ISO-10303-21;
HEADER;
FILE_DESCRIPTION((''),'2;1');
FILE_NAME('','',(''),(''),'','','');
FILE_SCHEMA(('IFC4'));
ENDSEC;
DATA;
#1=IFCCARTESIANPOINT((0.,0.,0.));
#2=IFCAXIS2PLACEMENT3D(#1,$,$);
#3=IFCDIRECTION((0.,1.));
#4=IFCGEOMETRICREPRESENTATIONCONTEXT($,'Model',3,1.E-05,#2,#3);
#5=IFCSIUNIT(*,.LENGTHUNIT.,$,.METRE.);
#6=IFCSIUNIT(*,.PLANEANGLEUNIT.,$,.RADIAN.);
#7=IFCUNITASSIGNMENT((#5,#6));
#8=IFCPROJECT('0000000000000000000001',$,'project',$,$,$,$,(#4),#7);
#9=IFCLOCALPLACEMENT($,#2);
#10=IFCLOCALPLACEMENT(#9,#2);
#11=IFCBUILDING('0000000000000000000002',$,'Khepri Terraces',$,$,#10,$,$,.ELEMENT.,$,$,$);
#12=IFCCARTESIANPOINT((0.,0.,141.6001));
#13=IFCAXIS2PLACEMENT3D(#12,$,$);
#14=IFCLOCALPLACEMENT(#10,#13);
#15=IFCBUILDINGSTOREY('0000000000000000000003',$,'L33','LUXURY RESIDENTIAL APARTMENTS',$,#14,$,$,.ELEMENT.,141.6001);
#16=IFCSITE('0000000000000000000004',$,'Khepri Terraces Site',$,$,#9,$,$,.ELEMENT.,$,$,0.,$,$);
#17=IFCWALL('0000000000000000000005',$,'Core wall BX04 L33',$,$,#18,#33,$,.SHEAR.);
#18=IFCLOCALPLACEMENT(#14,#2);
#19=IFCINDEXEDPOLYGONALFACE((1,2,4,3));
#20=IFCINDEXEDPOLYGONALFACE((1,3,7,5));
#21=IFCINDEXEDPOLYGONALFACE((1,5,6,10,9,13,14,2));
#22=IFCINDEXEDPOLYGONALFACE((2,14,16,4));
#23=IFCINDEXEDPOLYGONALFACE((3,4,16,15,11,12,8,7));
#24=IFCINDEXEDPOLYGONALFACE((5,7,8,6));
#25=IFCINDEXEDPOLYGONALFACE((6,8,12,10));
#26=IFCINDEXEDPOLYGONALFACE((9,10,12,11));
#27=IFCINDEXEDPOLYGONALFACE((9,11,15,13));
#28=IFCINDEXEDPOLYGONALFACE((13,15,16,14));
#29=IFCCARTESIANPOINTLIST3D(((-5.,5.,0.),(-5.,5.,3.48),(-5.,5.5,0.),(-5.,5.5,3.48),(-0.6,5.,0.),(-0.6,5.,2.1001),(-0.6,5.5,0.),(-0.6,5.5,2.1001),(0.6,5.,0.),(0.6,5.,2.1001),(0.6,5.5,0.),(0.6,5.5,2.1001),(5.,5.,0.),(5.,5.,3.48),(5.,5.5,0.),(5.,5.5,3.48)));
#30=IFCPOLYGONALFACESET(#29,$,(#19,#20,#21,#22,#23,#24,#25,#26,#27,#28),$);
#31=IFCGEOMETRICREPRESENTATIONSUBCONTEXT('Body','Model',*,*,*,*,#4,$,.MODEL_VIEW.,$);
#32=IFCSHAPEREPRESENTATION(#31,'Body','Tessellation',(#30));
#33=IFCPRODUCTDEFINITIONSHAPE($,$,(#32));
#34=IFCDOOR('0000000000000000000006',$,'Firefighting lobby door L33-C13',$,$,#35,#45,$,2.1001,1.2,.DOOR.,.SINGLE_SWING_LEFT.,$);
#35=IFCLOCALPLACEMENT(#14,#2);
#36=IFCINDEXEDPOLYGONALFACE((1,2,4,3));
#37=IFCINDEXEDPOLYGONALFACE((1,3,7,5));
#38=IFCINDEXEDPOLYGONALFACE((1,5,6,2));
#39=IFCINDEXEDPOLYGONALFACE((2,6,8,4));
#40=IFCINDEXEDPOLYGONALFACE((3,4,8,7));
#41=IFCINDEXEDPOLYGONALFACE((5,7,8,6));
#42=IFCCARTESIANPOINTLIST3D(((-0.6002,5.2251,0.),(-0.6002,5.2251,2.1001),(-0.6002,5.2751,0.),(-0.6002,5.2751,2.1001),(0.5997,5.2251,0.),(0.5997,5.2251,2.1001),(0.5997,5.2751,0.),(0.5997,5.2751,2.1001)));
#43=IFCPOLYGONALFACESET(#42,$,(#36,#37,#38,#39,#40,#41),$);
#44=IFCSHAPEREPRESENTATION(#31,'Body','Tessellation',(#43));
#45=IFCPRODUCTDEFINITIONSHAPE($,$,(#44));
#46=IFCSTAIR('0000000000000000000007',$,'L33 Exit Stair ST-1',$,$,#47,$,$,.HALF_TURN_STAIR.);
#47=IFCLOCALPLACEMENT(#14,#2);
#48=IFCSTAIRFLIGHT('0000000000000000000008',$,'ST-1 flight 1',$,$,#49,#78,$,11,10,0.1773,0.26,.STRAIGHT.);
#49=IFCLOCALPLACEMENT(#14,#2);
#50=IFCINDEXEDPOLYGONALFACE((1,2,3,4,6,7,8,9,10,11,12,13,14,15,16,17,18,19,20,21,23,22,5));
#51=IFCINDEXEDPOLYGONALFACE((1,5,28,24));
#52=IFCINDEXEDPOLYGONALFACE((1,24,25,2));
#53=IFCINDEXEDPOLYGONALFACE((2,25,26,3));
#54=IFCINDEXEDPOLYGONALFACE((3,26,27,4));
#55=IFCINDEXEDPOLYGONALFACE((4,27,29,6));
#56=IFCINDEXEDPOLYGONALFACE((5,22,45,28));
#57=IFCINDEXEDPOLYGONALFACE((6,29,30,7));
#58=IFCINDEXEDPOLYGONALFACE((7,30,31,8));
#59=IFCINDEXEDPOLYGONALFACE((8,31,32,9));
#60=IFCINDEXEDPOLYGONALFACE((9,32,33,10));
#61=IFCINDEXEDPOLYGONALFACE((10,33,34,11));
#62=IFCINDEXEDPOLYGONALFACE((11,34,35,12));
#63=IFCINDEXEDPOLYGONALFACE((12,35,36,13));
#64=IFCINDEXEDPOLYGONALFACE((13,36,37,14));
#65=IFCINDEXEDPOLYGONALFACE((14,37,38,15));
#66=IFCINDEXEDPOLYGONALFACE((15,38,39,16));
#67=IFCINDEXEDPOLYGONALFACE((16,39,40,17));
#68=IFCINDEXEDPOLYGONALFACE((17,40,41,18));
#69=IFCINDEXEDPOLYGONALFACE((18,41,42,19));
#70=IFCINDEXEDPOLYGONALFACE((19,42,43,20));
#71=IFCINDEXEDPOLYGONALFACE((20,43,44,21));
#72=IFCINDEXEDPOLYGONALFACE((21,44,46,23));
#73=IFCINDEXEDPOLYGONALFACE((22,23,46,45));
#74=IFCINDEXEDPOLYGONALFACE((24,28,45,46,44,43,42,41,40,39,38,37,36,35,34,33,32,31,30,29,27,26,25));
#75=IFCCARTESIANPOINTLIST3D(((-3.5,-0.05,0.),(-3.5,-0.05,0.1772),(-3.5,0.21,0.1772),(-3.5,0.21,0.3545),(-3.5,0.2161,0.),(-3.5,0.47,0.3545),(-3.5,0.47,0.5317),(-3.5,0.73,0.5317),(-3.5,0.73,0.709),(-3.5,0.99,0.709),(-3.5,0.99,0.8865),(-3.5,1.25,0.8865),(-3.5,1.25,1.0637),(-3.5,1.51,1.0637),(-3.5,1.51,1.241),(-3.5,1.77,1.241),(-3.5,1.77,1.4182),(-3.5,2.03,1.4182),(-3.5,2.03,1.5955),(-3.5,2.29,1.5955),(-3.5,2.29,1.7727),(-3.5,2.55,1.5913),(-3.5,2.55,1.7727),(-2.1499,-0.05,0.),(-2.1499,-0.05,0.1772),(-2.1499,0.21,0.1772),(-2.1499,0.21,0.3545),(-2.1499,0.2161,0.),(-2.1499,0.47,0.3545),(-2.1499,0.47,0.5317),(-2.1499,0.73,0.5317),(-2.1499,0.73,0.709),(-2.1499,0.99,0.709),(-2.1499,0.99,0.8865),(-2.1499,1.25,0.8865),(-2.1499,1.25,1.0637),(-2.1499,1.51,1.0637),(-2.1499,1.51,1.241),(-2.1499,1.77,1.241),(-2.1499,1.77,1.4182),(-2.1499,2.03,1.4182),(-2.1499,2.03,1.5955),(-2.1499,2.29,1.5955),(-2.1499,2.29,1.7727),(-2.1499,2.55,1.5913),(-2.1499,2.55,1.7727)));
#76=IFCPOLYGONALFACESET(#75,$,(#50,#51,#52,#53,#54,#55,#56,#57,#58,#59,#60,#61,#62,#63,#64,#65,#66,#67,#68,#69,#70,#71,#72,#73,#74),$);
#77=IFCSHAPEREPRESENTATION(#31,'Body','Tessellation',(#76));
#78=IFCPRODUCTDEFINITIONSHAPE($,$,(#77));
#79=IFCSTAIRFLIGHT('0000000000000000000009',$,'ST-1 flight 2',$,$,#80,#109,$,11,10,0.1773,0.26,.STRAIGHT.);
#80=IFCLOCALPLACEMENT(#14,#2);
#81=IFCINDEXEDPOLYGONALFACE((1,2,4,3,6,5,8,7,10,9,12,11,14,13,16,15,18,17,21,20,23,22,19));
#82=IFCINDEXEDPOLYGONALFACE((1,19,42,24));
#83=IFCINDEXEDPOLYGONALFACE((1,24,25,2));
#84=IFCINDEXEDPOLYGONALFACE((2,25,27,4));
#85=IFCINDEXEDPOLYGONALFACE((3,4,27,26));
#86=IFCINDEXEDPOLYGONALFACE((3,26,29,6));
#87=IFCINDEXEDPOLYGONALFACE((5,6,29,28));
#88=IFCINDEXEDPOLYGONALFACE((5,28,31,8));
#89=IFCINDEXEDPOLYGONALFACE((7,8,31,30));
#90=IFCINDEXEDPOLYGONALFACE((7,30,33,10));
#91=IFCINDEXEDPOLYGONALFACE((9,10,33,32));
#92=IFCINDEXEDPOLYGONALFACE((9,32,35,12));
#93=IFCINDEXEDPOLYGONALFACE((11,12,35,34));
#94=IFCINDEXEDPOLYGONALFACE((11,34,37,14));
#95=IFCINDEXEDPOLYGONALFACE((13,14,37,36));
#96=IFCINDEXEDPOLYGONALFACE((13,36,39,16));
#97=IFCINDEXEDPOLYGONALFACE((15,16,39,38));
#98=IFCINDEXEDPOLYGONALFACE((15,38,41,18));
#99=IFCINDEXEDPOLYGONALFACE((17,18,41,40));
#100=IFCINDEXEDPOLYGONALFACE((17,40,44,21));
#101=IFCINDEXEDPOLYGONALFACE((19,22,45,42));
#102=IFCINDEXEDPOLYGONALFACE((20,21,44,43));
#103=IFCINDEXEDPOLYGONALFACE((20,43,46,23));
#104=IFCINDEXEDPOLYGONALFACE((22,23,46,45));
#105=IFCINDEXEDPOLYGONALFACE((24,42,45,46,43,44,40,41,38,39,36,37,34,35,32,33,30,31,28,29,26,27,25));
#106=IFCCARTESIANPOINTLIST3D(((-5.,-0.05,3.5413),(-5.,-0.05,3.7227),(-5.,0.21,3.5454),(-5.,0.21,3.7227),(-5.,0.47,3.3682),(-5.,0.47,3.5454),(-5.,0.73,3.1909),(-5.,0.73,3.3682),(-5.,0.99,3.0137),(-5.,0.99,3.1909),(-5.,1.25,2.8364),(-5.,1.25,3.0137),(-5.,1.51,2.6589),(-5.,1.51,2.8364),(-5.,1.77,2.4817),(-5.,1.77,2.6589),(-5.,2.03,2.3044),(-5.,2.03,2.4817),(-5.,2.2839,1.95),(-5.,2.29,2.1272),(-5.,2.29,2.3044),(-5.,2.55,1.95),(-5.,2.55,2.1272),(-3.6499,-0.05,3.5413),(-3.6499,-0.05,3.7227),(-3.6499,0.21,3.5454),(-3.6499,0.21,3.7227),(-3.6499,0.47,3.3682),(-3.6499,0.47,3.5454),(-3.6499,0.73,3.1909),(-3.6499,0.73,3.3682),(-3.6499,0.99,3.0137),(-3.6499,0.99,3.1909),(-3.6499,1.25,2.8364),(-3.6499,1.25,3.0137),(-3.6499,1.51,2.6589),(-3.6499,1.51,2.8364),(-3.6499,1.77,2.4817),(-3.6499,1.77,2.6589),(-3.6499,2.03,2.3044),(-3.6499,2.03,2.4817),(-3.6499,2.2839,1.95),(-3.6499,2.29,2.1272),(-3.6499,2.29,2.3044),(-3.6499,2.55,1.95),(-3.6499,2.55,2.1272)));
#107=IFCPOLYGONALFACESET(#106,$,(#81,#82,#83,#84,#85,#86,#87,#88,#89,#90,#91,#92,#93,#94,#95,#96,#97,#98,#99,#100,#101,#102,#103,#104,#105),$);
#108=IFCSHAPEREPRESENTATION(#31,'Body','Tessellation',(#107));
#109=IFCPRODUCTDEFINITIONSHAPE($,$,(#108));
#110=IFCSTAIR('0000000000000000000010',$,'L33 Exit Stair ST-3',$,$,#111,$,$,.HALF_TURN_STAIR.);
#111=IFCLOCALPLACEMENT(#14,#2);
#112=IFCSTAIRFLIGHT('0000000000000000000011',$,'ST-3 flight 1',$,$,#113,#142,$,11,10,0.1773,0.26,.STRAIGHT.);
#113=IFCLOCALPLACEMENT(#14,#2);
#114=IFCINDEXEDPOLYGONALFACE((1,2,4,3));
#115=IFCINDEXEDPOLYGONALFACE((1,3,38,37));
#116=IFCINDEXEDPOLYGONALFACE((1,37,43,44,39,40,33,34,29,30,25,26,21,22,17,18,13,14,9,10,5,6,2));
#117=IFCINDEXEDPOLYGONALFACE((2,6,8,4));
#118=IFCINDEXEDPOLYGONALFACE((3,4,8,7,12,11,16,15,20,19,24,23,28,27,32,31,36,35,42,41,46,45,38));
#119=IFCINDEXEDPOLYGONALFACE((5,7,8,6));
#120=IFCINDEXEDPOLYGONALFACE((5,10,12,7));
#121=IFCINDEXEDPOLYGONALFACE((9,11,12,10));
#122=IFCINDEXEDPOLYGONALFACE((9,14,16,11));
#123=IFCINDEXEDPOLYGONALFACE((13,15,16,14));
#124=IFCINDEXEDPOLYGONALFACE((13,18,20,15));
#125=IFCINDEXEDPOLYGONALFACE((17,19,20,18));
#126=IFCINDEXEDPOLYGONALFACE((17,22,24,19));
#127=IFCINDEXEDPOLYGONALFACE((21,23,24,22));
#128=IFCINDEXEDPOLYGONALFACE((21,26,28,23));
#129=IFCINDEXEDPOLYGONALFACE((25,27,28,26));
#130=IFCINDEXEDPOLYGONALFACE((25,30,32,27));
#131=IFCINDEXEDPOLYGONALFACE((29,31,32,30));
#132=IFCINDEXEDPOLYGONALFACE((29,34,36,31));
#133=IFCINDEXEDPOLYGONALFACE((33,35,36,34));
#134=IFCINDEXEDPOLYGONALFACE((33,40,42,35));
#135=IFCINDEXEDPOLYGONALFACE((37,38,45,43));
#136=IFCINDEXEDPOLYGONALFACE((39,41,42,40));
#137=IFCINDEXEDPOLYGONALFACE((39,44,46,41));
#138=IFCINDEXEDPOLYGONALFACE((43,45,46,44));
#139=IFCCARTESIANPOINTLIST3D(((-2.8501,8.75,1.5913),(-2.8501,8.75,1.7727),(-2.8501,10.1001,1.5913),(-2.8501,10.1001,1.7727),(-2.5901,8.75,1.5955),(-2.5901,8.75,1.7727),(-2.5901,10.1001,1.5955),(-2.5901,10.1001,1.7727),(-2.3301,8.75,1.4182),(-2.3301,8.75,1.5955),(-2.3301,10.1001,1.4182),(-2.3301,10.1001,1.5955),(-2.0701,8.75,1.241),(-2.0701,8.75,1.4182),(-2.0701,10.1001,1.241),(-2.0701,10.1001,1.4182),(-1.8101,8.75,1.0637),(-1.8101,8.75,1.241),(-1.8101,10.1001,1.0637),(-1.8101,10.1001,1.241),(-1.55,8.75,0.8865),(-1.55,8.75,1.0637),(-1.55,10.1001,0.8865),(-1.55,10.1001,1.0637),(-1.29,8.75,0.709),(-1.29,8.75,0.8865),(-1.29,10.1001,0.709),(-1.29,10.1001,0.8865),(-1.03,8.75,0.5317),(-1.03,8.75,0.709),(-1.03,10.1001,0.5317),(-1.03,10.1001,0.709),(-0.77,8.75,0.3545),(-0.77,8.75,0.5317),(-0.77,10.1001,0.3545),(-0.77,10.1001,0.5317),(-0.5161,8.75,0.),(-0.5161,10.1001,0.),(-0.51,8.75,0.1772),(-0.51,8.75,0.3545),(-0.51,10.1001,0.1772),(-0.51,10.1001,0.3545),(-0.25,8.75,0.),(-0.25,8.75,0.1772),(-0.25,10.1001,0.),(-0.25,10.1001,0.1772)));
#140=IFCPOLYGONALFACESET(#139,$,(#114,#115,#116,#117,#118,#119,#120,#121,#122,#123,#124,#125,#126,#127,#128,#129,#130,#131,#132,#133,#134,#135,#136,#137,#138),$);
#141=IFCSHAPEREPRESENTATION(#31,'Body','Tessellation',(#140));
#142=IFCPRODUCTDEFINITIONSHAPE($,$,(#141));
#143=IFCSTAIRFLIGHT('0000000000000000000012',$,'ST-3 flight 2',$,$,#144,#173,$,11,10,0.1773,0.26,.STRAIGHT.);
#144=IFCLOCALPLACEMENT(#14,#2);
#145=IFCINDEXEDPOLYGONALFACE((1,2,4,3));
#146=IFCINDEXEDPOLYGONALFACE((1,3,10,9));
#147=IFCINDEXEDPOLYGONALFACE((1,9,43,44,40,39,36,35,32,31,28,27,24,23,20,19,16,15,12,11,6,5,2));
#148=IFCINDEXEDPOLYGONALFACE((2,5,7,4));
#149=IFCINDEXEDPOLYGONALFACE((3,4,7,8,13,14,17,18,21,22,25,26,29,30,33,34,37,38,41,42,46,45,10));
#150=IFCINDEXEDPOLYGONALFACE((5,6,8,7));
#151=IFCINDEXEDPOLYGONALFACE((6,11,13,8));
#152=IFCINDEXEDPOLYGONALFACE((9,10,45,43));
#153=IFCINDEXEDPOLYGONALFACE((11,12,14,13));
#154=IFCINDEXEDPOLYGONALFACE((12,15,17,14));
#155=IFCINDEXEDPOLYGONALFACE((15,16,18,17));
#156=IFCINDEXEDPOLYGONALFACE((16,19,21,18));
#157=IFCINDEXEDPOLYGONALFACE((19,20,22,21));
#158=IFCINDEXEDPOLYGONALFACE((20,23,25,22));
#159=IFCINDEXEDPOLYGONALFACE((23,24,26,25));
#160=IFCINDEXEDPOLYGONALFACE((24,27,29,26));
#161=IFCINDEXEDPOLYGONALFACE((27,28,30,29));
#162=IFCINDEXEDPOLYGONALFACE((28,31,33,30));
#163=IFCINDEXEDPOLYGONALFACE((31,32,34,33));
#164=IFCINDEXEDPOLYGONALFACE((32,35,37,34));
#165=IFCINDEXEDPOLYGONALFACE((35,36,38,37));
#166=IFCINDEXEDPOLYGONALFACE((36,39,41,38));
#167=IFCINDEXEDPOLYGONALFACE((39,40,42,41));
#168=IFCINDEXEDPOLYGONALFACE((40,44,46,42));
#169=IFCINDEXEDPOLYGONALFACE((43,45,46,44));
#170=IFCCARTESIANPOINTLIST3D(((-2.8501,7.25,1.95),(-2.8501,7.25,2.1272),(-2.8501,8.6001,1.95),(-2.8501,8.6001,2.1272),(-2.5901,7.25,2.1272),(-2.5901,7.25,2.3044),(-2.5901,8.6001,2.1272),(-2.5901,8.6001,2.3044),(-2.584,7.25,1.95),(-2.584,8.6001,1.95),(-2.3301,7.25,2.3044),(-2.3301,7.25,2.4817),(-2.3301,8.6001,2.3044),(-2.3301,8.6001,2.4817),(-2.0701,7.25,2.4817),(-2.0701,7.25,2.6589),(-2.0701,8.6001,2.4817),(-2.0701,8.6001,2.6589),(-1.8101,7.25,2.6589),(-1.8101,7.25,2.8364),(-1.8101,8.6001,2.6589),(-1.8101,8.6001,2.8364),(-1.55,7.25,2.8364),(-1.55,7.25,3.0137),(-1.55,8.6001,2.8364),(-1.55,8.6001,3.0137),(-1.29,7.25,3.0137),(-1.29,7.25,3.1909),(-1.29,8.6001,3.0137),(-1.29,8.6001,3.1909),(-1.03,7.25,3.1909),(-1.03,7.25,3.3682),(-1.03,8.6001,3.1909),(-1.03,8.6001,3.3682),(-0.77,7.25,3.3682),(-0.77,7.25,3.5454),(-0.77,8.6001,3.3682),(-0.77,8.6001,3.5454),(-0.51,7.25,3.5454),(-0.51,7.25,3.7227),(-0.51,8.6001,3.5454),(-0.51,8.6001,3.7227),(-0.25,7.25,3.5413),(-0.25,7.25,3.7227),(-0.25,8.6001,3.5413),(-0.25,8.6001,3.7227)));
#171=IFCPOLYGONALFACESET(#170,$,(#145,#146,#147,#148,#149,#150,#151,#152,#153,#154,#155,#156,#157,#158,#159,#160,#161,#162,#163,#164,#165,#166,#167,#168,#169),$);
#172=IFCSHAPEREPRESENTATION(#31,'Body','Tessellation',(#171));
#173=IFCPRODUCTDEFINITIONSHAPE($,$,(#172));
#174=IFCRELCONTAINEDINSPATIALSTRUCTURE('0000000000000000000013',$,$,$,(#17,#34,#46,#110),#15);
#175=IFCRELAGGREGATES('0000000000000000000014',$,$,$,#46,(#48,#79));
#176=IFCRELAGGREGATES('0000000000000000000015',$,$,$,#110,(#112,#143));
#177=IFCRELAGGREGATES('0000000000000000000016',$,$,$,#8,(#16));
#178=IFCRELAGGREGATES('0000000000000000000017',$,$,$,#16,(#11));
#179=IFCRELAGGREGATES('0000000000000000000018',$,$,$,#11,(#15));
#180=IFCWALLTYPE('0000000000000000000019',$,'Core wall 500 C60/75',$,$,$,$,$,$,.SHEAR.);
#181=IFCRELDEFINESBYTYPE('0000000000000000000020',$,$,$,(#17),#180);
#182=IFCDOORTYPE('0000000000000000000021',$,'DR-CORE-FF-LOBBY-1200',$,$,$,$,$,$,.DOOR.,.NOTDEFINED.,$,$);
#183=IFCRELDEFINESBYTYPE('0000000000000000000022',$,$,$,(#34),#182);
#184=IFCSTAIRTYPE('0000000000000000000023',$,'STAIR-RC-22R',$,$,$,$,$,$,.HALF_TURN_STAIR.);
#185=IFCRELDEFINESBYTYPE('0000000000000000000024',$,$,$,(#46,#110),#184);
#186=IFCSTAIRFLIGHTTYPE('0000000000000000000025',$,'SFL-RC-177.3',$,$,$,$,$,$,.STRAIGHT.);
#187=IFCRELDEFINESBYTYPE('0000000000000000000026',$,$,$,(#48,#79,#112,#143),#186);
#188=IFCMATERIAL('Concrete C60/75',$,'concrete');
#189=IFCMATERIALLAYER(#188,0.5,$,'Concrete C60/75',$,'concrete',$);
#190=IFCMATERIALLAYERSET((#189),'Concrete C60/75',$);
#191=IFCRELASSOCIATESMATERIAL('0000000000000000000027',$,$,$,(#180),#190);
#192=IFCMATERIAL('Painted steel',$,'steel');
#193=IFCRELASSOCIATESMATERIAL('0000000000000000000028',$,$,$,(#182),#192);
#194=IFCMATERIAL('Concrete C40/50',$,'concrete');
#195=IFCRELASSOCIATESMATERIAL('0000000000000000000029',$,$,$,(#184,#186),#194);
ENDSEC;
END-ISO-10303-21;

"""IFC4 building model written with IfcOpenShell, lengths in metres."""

from ifc_helpers import new_model, si_unit, direction, frame, frame_2d, origin, place, context, subcontext, project, spatial, polyline, rectangle, outline, extrude, material, layer, layer_set, type_object, element, fill, aggregate, save


model = new_model("IFC4")

# Units and contexts
model_context = context("Model", 3, precision=1e-05, world=origin(), true_north=direction((0.0, 1.0)))
body_context = subcontext(model_context, "Body", "Model", "MODEL_VIEW")
ifc_project = project(units=[si_unit("LENGTHUNIT", "METRE"), si_unit("PLANEANGLEUNIT", "RADIAN")], contexts=[model_context])

# Site, building, storey
site_placement = place(None, origin())
site = spatial("IfcSite", under=ifc_project, at=site_placement, Name="Khepri Terraces Site", CompositionType="ELEMENT", RefElevation=0.0)
building_placement = place(site_placement, origin())
building = spatial("IfcBuilding", under=site, at=building_placement, Name="Khepri Terraces", CompositionType="ELEMENT")
storey_placement = place(building_placement, frame((0.0, 0.0, 141.6001)))
storey = spatial("IfcBuildingStorey", under=building, at=storey_placement, Name="L33", Description="LUXURY RESIDENTIAL APARTMENTS", CompositionType="ELEMENT", Elevation=141.6001)

# Wall, opening, door
ifc_material_1 = material(Name="Concrete C60/75", Category="concrete")
ifc_layer = layer(ifc_material_1, 0.5, Name="Concrete C60/75", Category="concrete")
ifc_layer_set = layer_set([ifc_layer], Name="Concrete C60/75")
wall_type = type_object("IfcWallType", Name="Core wall 500 C60/75", PredefinedType="SHEAR", material=ifc_layer_set)
wall_placement = place(storey_placement, frame((-5.0, 5.25, 0.0), z_axis=(0.0, 0.0, 1.0), x_axis=(1.0, 0.0, 0.0)))
wall = element("IfcWall", 1, at=wall_placement, inside=storey, type_object=wall_type, Name="Core wall BX04 L33", PredefinedType="SHEAR", context=body_context, shape_type="SweptSolid", body=[
    extrude(rectangle(XDim=10.0, YDim=0.5, at=frame_2d((5.0, 0.0))), origin(), (0.0, 0.0, 1.0), 3.48),
])
opening_placement = place(wall_placement, frame((4.3999, 0.0, 0.0)))
opening = element("IfcOpeningElement", 2, at=opening_placement, cuts=wall, PredefinedType="OPENING", context=body_context, shape_type="SweptSolid", body=[
    extrude(rectangle(XDim=1.2, YDim=2.1001, at=frame_2d((0.6001, 1.05))), frame((0.0, 0.26, 0.0), z_axis=(0.0, -1.0, 0.0), x_axis=(1.0, 0.0, 0.0)), (0.0, 0.0, 1.0), 0.52),
])
ifc_material_2 = material(Name="Painted steel", Category="steel")
door_type = type_object("IfcDoorType", Name="DR-CORE-FF-LOBBY-1200", OperationType="NOTDEFINED", PredefinedType="DOOR", material=ifc_material_2)
door_placement = place(opening_placement, frame((1.2, 0.0, 0.0), z_axis=(0.0, 0.0, 1.0), x_axis=(-1.0, 0.0, 0.0)))
door = element("IfcDoor", 3, at=door_placement, inside=storey, type_object=door_type, Name="Firefighting lobby door L33-C13", OperationType="SINGLE_SWING_LEFT", OverallHeight=2.1001, OverallWidth=1.2, PredefinedType="DOOR", context=body_context, shape_type="SweptSolid", body=[
    extrude(rectangle(XDim=1.2, YDim=2.1001, at=frame_2d((0.6001, 1.05))), frame((0.0, 0.0249, 0.0), z_axis=(0.0, -1.0, 0.0), x_axis=(1.0, 0.0, 0.0)), (0.0, 0.0, 1.0), 0.05),
])
fill(opening, door)

# Stairs, stair flights
ifc_material_3 = material(Name="Concrete C40/50", Category="concrete")
stair_type = type_object("IfcStairType", Name="STAIR-RC-22R", PredefinedType="HALF_TURN_STAIR", material=ifc_material_3)
stair_1_placement = place(storey_placement, origin())
stair_1 = element("IfcStair", 4, at=stair_1_placement, inside=storey, type_object=stair_type, Name="L33 Exit Stair ST-1", PredefinedType="HALF_TURN_STAIR")
stair_flight_type = type_object("IfcStairFlightType", Name="SFL-RC-177.3", PredefinedType="STRAIGHT", material=ifc_material_3)
stair_flight_1_placement = place(storey_placement, frame((-2.825, -0.05, 0.0), z_axis=(0.0, 0.0, 1.0), x_axis=(0.0, 1.0, 0.0)))
stair_flight_1 = element("IfcStairFlight", 5, at=stair_flight_1_placement, type_object=stair_flight_type, Name="ST-1 flight 1", NumberOfRisers=11, NumberOfTreads=10, PredefinedType="STRAIGHT", RiserHeight=0.1773, TreadLength=0.26, context=body_context, shape_type="SweptSolid", body=[
    extrude(outline(polyline([(0.0, 0.0), (0.0, 0.1772), (0.26, 0.1772), (0.26, 0.3545), (0.52, 0.3545), (0.52, 0.5317), (0.78, 0.5317), (0.78, 0.709), (1.04, 0.709), (1.04, 0.8865), (1.3, 0.8865), (1.3, 1.0637), (1.5601, 1.0637), (1.5601, 1.241), (1.8201, 1.241), (1.8201, 1.4182), (2.0801, 1.4182), (2.0801, 1.5955), (2.3401, 1.5955), (2.3401, 1.7727), (2.6001, 1.7727), (2.6001, 1.95), (2.6001, 1.5913), (0.2661, 0.0), (0.0, 0.0)])), frame((0.0, 0.675, 0.0), z_axis=(0.0, -1.0, 0.0), x_axis=(1.0, 0.0, 0.0)), (0.0, 0.0, 1.0), 1.3501),
])
stair_flight_2_placement = place(storey_placement, frame((-4.325, 2.55, 1.95), z_axis=(0.0, 0.0, 1.0), x_axis=(0.0, -1.0, 0.0)))
stair_flight_2 = element("IfcStairFlight", 6, at=stair_flight_2_placement, type_object=stair_flight_type, Name="ST-1 flight 2", NumberOfRisers=11, NumberOfTreads=10, PredefinedType="STRAIGHT", RiserHeight=0.1773, TreadLength=0.26, context=body_context, shape_type="SweptSolid", body=[
    extrude(outline(polyline([(0.0, 0.0), (0.0, 0.1772), (0.26, 0.1772), (0.26, 0.3545), (0.52, 0.3545), (0.52, 0.5317), (0.78, 0.5317), (0.78, 0.709), (1.04, 0.709), (1.04, 0.8865), (1.3, 0.8865), (1.3, 1.0637), (1.5601, 1.0637), (1.5601, 1.241), (1.8201, 1.241), (1.8201, 1.4182), (2.0801, 1.4182), (2.0801, 1.5955), (2.3401, 1.5955), (2.3401, 1.7727), (2.6001, 1.7727), (2.6001, 1.95), (2.6001, 1.5913), (0.2661, 0.0), (0.0, 0.0)])), frame((0.0, 0.675, 0.0), z_axis=(0.0, -1.0, 0.0), x_axis=(1.0, 0.0, 0.0)), (0.0, 0.0, 1.0), 1.3501),
])
aggregate(stair_1, [stair_flight_1, stair_flight_2])
stair_2_placement = place(storey_placement, origin())
stair_2 = element("IfcStair", 7, at=stair_2_placement, inside=storey, type_object=stair_type, Name="L33 Exit Stair ST-3", PredefinedType="HALF_TURN_STAIR")
stair_flight_3_placement = place(storey_placement, frame((-0.25, 9.425, 0.0), z_axis=(0.0, 0.0, 1.0), x_axis=(-1.0, 0.0, 0.0)))
stair_flight_3 = element("IfcStairFlight", 8, at=stair_flight_3_placement, type_object=stair_flight_type, Name="ST-3 flight 1", NumberOfRisers=11, NumberOfTreads=10, PredefinedType="STRAIGHT", RiserHeight=0.1773, TreadLength=0.26, context=body_context, shape_type="SweptSolid", body=[
    extrude(outline(polyline([(0.0, 0.0), (0.0, 0.1772), (0.26, 0.1772), (0.26, 0.3545), (0.52, 0.3545), (0.52, 0.5317), (0.78, 0.5317), (0.78, 0.709), (1.04, 0.709), (1.04, 0.8865), (1.3, 0.8865), (1.3, 1.0637), (1.5601, 1.0637), (1.5601, 1.241), (1.8201, 1.241), (1.8201, 1.4182), (2.0801, 1.4182), (2.0801, 1.5955), (2.3401, 1.5955), (2.3401, 1.7727), (2.6001, 1.7727), (2.6001, 1.95), (2.6001, 1.5913), (0.2661, 0.0), (0.0, 0.0)])), frame((0.0, 0.675, 0.0), z_axis=(0.0, -1.0, 0.0), x_axis=(1.0, 0.0, 0.0)), (0.0, 0.0, 1.0), 1.3501),
])
stair_flight_4_placement = place(storey_placement, frame((-2.8501, 7.925, 1.95), z_axis=(0.0, 0.0, 1.0), x_axis=(1.0, 0.0, 0.0)))
stair_flight_4 = element("IfcStairFlight", 9, at=stair_flight_4_placement, type_object=stair_flight_type, Name="ST-3 flight 2", NumberOfRisers=11, NumberOfTreads=10, PredefinedType="STRAIGHT", RiserHeight=0.1773, TreadLength=0.26, context=body_context, shape_type="SweptSolid", body=[
    extrude(outline(polyline([(0.0, 0.0), (0.0, 0.1772), (0.26, 0.1772), (0.26, 0.3545), (0.52, 0.3545), (0.52, 0.5317), (0.78, 0.5317), (0.78, 0.709), (1.04, 0.709), (1.04, 0.8865), (1.3, 0.8865), (1.3, 1.0637), (1.5601, 1.0637), (1.5601, 1.241), (1.8201, 1.241), (1.8201, 1.4182), (2.0801, 1.4182), (2.0801, 1.5955), (2.3401, 1.5955), (2.3401, 1.7727), (2.6001, 1.7727), (2.6001, 1.95), (2.6001, 1.5913), (0.2661, 0.0), (0.0, 0.0)])), frame((0.0, 0.675, 0.0), z_axis=(0.0, -1.0, 0.0), x_axis=(1.0, 0.0, 0.0)), (0.0, 0.0, 1.0), 1.3501),
])
aggregate(stair_2, [stair_flight_3, stair_flight_4])

save(model, "model.ifc")
